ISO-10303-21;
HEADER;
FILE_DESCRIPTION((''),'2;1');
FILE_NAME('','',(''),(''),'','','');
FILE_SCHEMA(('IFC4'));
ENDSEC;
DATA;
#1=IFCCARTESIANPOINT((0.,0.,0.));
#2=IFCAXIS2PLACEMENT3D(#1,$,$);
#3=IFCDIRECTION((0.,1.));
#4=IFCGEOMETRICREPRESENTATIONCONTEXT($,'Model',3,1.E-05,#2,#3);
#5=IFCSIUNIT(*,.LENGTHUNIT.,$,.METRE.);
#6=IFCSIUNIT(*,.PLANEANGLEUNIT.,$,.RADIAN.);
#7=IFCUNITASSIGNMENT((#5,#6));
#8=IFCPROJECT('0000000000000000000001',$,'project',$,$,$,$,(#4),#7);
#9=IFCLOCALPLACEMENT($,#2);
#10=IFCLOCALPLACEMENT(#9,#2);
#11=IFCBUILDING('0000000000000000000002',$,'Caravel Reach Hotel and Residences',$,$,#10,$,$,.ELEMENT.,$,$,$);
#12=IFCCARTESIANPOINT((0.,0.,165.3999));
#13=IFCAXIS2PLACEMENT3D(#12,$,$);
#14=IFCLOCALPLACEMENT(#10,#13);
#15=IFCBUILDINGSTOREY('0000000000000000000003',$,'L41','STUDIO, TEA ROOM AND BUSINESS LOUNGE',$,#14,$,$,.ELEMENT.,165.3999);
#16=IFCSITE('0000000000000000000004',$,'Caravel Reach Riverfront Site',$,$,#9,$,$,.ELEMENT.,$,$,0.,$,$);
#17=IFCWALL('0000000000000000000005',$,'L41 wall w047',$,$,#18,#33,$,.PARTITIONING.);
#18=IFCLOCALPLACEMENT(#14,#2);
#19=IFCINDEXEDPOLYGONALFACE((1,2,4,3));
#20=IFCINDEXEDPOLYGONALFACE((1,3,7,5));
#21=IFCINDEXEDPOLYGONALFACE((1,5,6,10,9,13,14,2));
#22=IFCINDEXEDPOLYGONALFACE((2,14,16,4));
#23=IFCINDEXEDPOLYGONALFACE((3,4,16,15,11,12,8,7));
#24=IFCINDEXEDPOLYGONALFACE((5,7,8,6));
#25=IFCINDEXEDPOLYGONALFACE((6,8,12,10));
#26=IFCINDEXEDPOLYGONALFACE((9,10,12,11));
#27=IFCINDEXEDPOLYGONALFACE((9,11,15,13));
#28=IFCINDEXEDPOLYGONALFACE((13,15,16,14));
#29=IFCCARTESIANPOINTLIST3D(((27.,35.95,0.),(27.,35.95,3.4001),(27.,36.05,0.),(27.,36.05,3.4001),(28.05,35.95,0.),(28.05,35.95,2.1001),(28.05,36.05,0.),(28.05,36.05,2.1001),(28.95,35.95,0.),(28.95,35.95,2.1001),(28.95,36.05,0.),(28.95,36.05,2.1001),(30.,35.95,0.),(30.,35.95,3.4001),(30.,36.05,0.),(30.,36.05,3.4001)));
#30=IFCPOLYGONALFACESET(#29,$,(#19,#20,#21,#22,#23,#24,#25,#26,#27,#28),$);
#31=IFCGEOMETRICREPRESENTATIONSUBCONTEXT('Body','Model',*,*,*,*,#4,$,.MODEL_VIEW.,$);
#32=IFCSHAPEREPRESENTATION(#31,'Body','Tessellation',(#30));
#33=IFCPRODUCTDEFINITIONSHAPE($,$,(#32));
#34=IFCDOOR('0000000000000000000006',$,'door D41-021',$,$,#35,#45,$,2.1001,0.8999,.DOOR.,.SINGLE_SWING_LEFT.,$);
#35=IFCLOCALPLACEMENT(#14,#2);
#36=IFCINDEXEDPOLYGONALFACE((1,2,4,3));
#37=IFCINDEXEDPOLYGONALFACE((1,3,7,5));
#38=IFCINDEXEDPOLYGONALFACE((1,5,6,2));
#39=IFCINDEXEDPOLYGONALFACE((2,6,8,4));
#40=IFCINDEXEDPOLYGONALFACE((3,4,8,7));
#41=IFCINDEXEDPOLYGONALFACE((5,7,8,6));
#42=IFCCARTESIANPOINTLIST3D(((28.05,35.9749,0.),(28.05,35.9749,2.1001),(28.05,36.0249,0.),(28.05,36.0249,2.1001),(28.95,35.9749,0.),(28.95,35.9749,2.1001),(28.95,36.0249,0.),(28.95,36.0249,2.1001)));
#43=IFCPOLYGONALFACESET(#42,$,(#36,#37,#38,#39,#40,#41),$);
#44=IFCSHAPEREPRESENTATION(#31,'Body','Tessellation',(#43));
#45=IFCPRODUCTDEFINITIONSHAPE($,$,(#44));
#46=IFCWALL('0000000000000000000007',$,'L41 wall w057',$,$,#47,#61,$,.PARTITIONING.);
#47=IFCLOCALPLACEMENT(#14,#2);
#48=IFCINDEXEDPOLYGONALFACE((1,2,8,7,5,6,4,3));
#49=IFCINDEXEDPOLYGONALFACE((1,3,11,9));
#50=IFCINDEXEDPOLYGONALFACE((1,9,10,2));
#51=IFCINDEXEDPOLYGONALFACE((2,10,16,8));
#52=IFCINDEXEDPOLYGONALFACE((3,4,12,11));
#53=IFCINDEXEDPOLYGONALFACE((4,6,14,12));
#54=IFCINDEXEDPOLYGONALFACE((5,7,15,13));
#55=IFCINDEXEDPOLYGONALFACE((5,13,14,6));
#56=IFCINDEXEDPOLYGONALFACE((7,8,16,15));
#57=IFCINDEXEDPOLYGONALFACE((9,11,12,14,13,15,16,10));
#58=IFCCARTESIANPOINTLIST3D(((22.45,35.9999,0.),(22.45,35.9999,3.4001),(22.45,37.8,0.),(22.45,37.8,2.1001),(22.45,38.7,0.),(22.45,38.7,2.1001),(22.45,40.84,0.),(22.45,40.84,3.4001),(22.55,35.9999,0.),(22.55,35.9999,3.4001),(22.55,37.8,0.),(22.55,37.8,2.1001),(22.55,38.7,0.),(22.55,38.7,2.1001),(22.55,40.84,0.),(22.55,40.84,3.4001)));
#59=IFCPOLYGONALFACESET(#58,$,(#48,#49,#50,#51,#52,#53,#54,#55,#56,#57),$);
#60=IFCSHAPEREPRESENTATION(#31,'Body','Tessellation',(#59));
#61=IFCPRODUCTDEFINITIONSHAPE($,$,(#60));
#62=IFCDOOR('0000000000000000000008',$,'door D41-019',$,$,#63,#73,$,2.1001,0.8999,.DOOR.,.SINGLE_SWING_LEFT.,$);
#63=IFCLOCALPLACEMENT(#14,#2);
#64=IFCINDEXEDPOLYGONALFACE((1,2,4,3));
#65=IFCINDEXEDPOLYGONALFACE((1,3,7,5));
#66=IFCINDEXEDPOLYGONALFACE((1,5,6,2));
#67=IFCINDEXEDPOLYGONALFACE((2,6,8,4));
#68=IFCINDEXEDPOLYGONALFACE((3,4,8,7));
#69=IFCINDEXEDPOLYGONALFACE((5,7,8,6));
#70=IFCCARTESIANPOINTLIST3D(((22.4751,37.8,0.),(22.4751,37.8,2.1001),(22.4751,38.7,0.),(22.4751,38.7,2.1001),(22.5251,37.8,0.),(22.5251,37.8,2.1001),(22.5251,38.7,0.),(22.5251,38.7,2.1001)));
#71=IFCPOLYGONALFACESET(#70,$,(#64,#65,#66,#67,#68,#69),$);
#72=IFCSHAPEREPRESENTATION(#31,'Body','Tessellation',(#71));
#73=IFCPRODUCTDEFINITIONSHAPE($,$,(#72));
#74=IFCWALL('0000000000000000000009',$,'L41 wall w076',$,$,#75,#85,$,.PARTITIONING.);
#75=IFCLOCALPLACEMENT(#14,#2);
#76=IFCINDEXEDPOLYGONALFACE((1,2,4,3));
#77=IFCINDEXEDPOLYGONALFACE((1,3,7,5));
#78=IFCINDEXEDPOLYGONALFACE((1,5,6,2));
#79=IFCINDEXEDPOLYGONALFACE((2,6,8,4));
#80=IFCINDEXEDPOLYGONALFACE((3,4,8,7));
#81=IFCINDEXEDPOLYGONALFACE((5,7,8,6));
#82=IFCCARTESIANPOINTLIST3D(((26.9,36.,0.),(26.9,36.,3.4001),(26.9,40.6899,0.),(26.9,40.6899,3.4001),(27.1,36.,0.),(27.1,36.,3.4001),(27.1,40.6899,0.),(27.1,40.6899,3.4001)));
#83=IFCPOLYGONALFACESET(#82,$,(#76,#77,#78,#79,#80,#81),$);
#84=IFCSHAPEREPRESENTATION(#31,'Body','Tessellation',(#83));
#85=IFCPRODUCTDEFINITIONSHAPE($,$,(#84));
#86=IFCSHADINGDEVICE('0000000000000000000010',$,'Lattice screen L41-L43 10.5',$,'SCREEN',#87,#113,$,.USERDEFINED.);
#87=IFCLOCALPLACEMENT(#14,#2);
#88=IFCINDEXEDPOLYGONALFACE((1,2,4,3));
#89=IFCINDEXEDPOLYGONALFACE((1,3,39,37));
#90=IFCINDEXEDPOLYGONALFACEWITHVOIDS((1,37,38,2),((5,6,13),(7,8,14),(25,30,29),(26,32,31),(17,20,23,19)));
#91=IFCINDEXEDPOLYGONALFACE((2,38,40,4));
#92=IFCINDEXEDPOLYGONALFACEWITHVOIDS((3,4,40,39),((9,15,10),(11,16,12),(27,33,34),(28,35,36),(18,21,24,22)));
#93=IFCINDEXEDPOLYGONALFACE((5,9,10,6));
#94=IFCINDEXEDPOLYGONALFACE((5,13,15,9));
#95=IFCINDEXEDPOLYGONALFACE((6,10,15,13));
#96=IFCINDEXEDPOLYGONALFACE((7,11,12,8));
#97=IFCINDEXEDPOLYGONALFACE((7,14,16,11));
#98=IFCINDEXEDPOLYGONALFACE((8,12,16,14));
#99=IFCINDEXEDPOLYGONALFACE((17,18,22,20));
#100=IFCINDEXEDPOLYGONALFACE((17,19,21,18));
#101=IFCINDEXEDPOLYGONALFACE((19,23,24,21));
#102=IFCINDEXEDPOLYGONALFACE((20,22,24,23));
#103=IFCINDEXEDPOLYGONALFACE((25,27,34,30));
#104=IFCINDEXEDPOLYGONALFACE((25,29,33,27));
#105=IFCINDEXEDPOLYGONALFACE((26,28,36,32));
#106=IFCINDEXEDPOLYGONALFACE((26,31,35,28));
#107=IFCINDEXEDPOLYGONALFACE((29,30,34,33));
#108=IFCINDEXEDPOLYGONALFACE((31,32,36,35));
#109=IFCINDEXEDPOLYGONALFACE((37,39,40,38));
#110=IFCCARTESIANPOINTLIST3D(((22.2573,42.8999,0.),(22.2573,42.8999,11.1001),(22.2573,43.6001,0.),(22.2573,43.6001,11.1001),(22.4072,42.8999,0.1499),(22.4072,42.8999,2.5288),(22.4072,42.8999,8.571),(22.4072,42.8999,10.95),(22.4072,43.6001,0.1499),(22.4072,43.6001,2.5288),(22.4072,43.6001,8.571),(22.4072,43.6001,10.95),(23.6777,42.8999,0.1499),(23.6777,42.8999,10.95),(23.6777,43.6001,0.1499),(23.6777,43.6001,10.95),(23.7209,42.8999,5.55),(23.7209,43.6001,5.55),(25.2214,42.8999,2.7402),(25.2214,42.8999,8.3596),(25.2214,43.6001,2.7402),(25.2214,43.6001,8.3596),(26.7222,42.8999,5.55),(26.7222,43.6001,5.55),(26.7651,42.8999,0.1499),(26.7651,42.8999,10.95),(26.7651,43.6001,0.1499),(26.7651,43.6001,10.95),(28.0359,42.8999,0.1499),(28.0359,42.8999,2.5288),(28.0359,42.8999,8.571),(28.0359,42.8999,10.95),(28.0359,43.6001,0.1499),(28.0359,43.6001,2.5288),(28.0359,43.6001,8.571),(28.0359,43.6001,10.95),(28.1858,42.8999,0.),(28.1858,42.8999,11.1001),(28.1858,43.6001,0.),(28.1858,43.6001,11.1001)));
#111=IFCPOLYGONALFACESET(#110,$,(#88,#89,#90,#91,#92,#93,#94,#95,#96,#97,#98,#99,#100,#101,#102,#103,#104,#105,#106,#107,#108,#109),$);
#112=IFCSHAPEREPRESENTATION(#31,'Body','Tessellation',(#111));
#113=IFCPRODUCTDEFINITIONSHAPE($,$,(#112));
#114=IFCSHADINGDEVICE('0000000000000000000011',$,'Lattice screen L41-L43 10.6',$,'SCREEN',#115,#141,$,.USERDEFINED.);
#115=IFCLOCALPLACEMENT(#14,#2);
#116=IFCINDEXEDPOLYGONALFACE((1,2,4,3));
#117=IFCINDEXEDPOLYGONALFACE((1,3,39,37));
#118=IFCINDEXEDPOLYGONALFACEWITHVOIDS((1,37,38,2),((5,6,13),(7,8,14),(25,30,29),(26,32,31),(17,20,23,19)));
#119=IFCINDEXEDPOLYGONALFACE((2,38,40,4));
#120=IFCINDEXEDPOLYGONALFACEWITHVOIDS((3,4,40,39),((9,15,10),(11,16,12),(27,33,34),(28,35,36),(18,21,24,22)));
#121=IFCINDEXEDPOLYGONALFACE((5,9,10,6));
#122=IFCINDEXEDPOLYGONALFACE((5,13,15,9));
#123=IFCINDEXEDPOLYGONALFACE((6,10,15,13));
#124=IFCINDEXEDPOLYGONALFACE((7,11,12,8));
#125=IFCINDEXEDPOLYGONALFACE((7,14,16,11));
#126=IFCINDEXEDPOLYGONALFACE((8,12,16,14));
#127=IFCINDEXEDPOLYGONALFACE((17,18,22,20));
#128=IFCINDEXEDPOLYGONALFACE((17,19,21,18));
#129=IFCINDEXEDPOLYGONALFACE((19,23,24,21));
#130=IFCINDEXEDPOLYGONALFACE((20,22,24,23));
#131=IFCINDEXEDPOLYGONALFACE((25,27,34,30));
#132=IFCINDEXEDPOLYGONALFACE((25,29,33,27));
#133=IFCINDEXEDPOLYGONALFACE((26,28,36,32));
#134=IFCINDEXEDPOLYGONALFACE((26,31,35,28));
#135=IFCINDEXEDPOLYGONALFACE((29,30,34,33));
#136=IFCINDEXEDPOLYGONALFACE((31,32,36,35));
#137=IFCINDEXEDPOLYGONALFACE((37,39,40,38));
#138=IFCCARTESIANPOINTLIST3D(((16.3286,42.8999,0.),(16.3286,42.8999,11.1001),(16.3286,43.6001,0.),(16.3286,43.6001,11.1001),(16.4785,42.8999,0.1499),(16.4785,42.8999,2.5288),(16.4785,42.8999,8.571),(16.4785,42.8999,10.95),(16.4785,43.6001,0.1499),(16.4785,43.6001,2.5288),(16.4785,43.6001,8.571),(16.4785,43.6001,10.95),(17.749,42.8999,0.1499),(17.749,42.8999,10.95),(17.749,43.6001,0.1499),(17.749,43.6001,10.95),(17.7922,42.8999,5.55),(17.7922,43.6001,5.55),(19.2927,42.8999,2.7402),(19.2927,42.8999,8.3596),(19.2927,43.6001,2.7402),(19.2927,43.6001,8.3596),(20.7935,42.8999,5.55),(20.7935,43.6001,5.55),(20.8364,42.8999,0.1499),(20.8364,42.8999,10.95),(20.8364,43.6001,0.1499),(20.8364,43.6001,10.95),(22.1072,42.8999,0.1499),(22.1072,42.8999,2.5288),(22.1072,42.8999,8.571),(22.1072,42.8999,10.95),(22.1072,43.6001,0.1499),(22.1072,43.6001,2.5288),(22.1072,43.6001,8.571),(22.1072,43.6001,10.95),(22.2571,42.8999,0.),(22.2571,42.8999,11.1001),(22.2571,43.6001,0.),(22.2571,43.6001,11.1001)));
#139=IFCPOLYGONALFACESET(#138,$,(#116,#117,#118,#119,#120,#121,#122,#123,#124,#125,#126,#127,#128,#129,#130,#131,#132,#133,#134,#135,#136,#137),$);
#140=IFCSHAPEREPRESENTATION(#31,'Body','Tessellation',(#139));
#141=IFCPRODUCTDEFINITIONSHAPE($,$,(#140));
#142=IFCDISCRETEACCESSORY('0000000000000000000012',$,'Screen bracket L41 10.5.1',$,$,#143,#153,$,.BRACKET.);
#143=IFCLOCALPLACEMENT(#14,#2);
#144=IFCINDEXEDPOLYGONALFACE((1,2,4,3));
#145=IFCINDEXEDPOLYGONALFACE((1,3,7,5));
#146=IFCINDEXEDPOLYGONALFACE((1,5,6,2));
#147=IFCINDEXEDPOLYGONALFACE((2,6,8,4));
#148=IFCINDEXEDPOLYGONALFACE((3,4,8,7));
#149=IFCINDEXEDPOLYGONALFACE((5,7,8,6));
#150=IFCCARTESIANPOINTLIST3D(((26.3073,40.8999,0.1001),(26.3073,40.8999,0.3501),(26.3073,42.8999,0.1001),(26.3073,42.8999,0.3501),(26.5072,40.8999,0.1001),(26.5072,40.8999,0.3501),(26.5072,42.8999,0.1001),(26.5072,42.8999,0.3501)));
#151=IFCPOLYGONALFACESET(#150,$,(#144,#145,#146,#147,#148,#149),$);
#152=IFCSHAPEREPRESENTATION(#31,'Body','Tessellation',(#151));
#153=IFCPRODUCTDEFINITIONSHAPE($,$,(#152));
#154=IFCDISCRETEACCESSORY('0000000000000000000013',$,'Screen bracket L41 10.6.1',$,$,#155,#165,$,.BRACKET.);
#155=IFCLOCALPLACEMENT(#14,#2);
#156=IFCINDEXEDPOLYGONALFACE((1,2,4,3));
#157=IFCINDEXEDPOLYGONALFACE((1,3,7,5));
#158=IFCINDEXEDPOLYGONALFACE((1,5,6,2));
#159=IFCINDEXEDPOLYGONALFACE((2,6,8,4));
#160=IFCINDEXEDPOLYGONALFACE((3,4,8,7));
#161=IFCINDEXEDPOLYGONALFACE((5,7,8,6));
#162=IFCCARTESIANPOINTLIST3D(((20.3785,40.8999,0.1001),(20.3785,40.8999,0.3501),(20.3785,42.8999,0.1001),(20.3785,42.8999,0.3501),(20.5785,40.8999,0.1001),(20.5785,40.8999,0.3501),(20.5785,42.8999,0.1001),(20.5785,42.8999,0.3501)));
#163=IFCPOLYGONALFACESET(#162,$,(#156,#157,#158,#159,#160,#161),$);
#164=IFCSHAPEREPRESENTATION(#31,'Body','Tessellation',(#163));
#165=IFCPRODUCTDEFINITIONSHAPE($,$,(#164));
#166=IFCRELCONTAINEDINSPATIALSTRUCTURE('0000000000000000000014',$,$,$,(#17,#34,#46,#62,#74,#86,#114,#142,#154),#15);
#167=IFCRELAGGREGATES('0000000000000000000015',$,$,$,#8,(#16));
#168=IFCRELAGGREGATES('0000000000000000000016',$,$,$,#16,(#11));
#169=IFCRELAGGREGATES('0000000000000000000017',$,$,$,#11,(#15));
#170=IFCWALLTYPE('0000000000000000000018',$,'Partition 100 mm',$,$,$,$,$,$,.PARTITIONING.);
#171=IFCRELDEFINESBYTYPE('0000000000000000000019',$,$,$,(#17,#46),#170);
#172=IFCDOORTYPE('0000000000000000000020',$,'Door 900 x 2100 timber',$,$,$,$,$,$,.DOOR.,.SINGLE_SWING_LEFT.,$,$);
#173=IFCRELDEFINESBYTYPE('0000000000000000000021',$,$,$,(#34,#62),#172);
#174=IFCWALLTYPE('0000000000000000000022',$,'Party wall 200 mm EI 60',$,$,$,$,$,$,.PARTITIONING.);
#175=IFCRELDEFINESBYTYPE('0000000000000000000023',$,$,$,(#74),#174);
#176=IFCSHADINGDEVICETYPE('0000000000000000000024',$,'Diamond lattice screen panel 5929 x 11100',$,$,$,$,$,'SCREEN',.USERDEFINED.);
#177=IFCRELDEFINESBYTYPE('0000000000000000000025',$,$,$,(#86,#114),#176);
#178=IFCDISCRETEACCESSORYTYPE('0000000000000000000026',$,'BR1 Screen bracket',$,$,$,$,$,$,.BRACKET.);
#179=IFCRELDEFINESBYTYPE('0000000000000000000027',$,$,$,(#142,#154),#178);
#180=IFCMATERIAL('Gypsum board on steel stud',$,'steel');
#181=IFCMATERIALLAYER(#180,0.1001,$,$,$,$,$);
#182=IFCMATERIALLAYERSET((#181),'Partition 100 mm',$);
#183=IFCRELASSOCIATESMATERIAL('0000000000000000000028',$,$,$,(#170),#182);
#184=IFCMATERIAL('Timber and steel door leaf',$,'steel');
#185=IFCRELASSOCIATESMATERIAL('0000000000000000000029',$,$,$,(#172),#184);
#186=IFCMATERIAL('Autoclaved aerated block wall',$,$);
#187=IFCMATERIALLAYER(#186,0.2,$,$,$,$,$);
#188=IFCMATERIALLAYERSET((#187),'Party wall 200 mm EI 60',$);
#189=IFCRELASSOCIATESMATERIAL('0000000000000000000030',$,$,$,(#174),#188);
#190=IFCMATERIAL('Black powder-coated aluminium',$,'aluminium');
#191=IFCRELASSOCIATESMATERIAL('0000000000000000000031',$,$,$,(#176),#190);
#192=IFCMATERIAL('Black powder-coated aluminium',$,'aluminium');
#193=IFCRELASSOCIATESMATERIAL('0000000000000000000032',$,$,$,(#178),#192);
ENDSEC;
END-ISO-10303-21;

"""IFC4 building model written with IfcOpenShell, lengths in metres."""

from ifc_helpers import new_model, si_unit, direction, frame, frame_2d, origin, origin_2d, place, context, subcontext, project, spatial, polyline, rectangle, outline, extrude, material, layer, layer_set, type_object, element, fill, save


model = new_model("IFC4")

# Units and contexts
model_context = context("Model", 3, precision=1e-05, world=origin(), true_north=direction((0.0, 1.0)))
body_context = subcontext(model_context, "Body", "Model", "MODEL_VIEW")
ifc_project = project(units=[si_unit("LENGTHUNIT", "METRE"), si_unit("PLANEANGLEUNIT", "RADIAN")], contexts=[model_context])

# Site, building, storey
site_placement = place(None, origin())
site = spatial("IfcSite", under=ifc_project, at=site_placement, Name="Caravel Reach Riverfront Site", CompositionType="ELEMENT", RefElevation=0.0)
building_placement = place(site_placement, origin())
building = spatial("IfcBuilding", under=site, at=building_placement, Name="Caravel Reach Hotel and Residences", CompositionType="ELEMENT")
storey_placement = place(building_placement, frame((0.0, 0.0, 165.3999)))
storey = spatial("IfcBuildingStorey", under=building, at=storey_placement, Name="L41", Description="STUDIO, TEA ROOM AND BUSINESS LOUNGE", CompositionType="ELEMENT", Elevation=165.3999)

# Shared definitions
ifc_material_1 = material(Name="Gypsum board on steel stud", Category="steel")
ifc_layer_1 = layer(ifc_material_1, 0.1001)
ifc_layer_set_1 = layer_set([ifc_layer_1], Name="Partition 100 mm")
wall_type_1 = type_object("IfcWallType", Name="Partition 100 mm", PredefinedType="PARTITIONING", material=ifc_layer_set_1)

# Walls, openings, doors
wall_1_placement = place(storey_placement, frame((27.0, 36.0, 0.0), z_axis=(0.0, 0.0, 1.0), x_axis=(1.0, 0.0, 0.0)))
wall_1 = element("IfcWall", 1, at=wall_1_placement, inside=storey, type_object=wall_type_1, Name="L41 wall w047", PredefinedType="PARTITIONING", context=body_context, shape_type="SweptSolid", body=[
    extrude(rectangle(XDim=3.0, YDim=0.1001, at=frame_2d((1.5, 0.0))), origin(), (0.0, 0.0, 1.0), 3.4001),
])
opening_1_placement = place(wall_1_placement, frame((1.05, 0.0, 0.0)))
opening_1 = element("IfcOpeningElement", 2, at=opening_1_placement, cuts=wall_1, PredefinedType="OPENING", context=body_context, shape_type="SweptSolid", body=[
    extrude(rectangle(XDim=0.8999, YDim=2.1001, at=frame_2d((0.45, 1.05))), frame((0.0, 0.0601, 0.0), z_axis=(0.0, -1.0, 0.0), x_axis=(1.0, 0.0, 0.0)), (0.0, 0.0, 1.0), 0.1201),
])
ifc_material_2 = material(Name="Timber and steel door leaf", Category="steel")
door_type = type_object("IfcDoorType", Name="Door 900 x 2100 timber", OperationType="SINGLE_SWING_LEFT", PredefinedType="DOOR", material=ifc_material_2)
door_1_placement = place(opening_1_placement, origin())
door_1 = element("IfcDoor", 3, at=door_1_placement, inside=storey, type_object=door_type, Name="door D41-021", OperationType="SINGLE_SWING_LEFT", OverallHeight=2.1001, OverallWidth=0.8999, PredefinedType="DOOR", context=body_context, shape_type="SweptSolid", body=[
    extrude(rectangle(XDim=0.8999, YDim=2.1001, at=frame_2d((0.45, 1.05))), frame((0.0, 0.0249, 0.0), z_axis=(0.0, -1.0, 0.0), x_axis=(1.0, 0.0, 0.0)), (0.0, 0.0, 1.0), 0.05),
])
fill(opening_1, door_1)
wall_2_placement = place(storey_placement, frame((22.5, 36.0, 0.0), z_axis=(0.0, 0.0, 1.0), x_axis=(0.0, 1.0, 0.0)))
wall_2 = element("IfcWall", 4, at=wall_2_placement, inside=storey, type_object=wall_type_1, Name="L41 wall w057", PredefinedType="PARTITIONING", context=body_context, shape_type="SweptSolid", body=[
    extrude(rectangle(XDim=4.8401, YDim=0.1001, at=frame_2d((2.4199, 0.0))), origin(), (0.0, 0.0, 1.0), 3.4001),
])
opening_2_placement = place(wall_2_placement, frame((1.8, 0.0, 0.0)))
opening_2 = element("IfcOpeningElement", 5, at=opening_2_placement, cuts=wall_2, PredefinedType="OPENING", context=body_context, shape_type="SweptSolid", body=[
    extrude(rectangle(XDim=0.8999, YDim=2.1001, at=frame_2d((0.45, 1.05))), frame((0.0, 0.0601, 0.0), z_axis=(0.0, -1.0, 0.0), x_axis=(1.0, 0.0, 0.0)), (0.0, 0.0, 1.0), 0.1201),
])
door_2_placement = place(opening_2_placement, origin())
door_2 = element("IfcDoor", 6, at=door_2_placement, inside=storey, type_object=door_type, Name="door D41-019", OperationType="SINGLE_SWING_LEFT", OverallHeight=2.1001, OverallWidth=0.8999, PredefinedType="DOOR", context=body_context, shape_type="SweptSolid", body=[
    extrude(rectangle(XDim=0.8999, YDim=2.1001, at=frame_2d((0.45, 1.05))), frame((0.0, 0.0249, 0.0), z_axis=(0.0, -1.0, 0.0), x_axis=(1.0, 0.0, 0.0)), (0.0, 0.0, 1.0), 0.05),
])
fill(opening_2, door_2)

# Wall
ifc_material_3 = material(Name="Autoclaved aerated block wall")
ifc_layer_2 = layer(ifc_material_3, 0.2)
ifc_layer_set_2 = layer_set([ifc_layer_2], Name="Party wall 200 mm EI 60")
wall_type_2 = type_object("IfcWallType", Name="Party wall 200 mm EI 60", PredefinedType="PARTITIONING", material=ifc_layer_set_2)
wall_3_placement = place(storey_placement, frame((27.0, 36.0, 0.0), z_axis=(0.0, 0.0, 1.0), x_axis=(0.0, 1.0, 0.0)))
element("IfcWall", 7, at=wall_3_placement, inside=storey, type_object=wall_type_2, Name="L41 wall w076", PredefinedType="PARTITIONING", context=body_context, shape_type="SweptSolid", body=[
    extrude(rectangle(XDim=4.6899, YDim=0.2, at=frame_2d((2.345, 0.0))), origin(), (0.0, 0.0, 1.0), 3.4001),
])

# Shading devices
ifc_material_4 = material(Name="Black powder-coated aluminium", Category="aluminium")
shading_device_type = type_object("IfcShadingDeviceType", Name="Diamond lattice screen panel 5929 x 11100", ElementType="SCREEN", PredefinedType="USERDEFINED", material=ifc_material_4)
for number, where, z_axis, x_axis, name in (
    (8, (28.1858, 42.8999, 0.0), (0.0, 1.0, 0.0), (-1.0, 0.0, 0.0), "Lattice screen L41-L43 10.5"),
    (9, (22.2571, 42.8999, 0.0), (0.0, 1.0, 0.0), (-1.0, 0.0, 0.0), "Lattice screen L41-L43 10.6"),
):
    element("IfcShadingDevice", number, at=place(storey_placement, frame(where, z_axis=z_axis, x_axis=x_axis)), inside=storey, type_object=shading_device_type, Name=name, ObjectType="SCREEN", PredefinedType="USERDEFINED", context=body_context, shape_type="SweptSolid", body=[
        extrude(outline(polyline([(0.0, 0.0), (5.9285, 0.0), (5.9285, 11.1001), (0.0, 11.1001), (0.0, 0.0)]), holes=[polyline([(1.4207, 0.1499), (0.1499, 2.5288), (0.1499, 0.1499), (1.4207, 0.1499)]), polyline([(0.1499, 8.571), (1.4207, 10.95), (0.1499, 10.95), (0.1499, 8.571)]), polyline([(2.9644, 8.3596), (1.4636, 5.55), (2.9644, 2.7402), (4.4648, 5.55), (2.9644, 8.3596)]), polyline([(5.7786, 2.5288), (4.5081, 0.1499), (5.7786, 0.1499), (5.7786, 2.5288)]), polyline([(4.5081, 10.95), (5.7786, 8.571), (5.7786, 10.95), (4.5081, 10.95)])]), origin(), (0.0, 0.0, 1.0), 0.7002),
    ])

# Discrete accessories
ifc_material_5 = material(Name="Black powder-coated aluminium", Category="aluminium")
discrete_accessory_type = type_object("IfcDiscreteAccessoryType", Name="BR1 Screen bracket", PredefinedType="BRACKET", material=ifc_material_5)
for number, where, z_axis, x_axis, name in (
    (10, (26.4072, 41.8999, 0.1001), (0.0, 0.0, 1.0), (0.0, 1.0, 0.0), "Screen bracket L41 10.5.1"),
    (11, (20.4785, 41.8999, 0.1001), (0.0, 0.0, 1.0), (0.0, 1.0, 0.0), "Screen bracket L41 10.6.1"),
):
    element("IfcDiscreteAccessory", number, at=place(storey_placement, frame(where, z_axis=z_axis, x_axis=x_axis)), inside=storey, type_object=discrete_accessory_type, Name=name, PredefinedType="BRACKET", context=body_context, shape_type="SweptSolid", body=[
        extrude(rectangle(XDim=2.0, YDim=0.2, at=origin_2d()), origin(), (0.0, 0.0, 1.0), 0.25),
    ])

save(model, "model.ifc")
